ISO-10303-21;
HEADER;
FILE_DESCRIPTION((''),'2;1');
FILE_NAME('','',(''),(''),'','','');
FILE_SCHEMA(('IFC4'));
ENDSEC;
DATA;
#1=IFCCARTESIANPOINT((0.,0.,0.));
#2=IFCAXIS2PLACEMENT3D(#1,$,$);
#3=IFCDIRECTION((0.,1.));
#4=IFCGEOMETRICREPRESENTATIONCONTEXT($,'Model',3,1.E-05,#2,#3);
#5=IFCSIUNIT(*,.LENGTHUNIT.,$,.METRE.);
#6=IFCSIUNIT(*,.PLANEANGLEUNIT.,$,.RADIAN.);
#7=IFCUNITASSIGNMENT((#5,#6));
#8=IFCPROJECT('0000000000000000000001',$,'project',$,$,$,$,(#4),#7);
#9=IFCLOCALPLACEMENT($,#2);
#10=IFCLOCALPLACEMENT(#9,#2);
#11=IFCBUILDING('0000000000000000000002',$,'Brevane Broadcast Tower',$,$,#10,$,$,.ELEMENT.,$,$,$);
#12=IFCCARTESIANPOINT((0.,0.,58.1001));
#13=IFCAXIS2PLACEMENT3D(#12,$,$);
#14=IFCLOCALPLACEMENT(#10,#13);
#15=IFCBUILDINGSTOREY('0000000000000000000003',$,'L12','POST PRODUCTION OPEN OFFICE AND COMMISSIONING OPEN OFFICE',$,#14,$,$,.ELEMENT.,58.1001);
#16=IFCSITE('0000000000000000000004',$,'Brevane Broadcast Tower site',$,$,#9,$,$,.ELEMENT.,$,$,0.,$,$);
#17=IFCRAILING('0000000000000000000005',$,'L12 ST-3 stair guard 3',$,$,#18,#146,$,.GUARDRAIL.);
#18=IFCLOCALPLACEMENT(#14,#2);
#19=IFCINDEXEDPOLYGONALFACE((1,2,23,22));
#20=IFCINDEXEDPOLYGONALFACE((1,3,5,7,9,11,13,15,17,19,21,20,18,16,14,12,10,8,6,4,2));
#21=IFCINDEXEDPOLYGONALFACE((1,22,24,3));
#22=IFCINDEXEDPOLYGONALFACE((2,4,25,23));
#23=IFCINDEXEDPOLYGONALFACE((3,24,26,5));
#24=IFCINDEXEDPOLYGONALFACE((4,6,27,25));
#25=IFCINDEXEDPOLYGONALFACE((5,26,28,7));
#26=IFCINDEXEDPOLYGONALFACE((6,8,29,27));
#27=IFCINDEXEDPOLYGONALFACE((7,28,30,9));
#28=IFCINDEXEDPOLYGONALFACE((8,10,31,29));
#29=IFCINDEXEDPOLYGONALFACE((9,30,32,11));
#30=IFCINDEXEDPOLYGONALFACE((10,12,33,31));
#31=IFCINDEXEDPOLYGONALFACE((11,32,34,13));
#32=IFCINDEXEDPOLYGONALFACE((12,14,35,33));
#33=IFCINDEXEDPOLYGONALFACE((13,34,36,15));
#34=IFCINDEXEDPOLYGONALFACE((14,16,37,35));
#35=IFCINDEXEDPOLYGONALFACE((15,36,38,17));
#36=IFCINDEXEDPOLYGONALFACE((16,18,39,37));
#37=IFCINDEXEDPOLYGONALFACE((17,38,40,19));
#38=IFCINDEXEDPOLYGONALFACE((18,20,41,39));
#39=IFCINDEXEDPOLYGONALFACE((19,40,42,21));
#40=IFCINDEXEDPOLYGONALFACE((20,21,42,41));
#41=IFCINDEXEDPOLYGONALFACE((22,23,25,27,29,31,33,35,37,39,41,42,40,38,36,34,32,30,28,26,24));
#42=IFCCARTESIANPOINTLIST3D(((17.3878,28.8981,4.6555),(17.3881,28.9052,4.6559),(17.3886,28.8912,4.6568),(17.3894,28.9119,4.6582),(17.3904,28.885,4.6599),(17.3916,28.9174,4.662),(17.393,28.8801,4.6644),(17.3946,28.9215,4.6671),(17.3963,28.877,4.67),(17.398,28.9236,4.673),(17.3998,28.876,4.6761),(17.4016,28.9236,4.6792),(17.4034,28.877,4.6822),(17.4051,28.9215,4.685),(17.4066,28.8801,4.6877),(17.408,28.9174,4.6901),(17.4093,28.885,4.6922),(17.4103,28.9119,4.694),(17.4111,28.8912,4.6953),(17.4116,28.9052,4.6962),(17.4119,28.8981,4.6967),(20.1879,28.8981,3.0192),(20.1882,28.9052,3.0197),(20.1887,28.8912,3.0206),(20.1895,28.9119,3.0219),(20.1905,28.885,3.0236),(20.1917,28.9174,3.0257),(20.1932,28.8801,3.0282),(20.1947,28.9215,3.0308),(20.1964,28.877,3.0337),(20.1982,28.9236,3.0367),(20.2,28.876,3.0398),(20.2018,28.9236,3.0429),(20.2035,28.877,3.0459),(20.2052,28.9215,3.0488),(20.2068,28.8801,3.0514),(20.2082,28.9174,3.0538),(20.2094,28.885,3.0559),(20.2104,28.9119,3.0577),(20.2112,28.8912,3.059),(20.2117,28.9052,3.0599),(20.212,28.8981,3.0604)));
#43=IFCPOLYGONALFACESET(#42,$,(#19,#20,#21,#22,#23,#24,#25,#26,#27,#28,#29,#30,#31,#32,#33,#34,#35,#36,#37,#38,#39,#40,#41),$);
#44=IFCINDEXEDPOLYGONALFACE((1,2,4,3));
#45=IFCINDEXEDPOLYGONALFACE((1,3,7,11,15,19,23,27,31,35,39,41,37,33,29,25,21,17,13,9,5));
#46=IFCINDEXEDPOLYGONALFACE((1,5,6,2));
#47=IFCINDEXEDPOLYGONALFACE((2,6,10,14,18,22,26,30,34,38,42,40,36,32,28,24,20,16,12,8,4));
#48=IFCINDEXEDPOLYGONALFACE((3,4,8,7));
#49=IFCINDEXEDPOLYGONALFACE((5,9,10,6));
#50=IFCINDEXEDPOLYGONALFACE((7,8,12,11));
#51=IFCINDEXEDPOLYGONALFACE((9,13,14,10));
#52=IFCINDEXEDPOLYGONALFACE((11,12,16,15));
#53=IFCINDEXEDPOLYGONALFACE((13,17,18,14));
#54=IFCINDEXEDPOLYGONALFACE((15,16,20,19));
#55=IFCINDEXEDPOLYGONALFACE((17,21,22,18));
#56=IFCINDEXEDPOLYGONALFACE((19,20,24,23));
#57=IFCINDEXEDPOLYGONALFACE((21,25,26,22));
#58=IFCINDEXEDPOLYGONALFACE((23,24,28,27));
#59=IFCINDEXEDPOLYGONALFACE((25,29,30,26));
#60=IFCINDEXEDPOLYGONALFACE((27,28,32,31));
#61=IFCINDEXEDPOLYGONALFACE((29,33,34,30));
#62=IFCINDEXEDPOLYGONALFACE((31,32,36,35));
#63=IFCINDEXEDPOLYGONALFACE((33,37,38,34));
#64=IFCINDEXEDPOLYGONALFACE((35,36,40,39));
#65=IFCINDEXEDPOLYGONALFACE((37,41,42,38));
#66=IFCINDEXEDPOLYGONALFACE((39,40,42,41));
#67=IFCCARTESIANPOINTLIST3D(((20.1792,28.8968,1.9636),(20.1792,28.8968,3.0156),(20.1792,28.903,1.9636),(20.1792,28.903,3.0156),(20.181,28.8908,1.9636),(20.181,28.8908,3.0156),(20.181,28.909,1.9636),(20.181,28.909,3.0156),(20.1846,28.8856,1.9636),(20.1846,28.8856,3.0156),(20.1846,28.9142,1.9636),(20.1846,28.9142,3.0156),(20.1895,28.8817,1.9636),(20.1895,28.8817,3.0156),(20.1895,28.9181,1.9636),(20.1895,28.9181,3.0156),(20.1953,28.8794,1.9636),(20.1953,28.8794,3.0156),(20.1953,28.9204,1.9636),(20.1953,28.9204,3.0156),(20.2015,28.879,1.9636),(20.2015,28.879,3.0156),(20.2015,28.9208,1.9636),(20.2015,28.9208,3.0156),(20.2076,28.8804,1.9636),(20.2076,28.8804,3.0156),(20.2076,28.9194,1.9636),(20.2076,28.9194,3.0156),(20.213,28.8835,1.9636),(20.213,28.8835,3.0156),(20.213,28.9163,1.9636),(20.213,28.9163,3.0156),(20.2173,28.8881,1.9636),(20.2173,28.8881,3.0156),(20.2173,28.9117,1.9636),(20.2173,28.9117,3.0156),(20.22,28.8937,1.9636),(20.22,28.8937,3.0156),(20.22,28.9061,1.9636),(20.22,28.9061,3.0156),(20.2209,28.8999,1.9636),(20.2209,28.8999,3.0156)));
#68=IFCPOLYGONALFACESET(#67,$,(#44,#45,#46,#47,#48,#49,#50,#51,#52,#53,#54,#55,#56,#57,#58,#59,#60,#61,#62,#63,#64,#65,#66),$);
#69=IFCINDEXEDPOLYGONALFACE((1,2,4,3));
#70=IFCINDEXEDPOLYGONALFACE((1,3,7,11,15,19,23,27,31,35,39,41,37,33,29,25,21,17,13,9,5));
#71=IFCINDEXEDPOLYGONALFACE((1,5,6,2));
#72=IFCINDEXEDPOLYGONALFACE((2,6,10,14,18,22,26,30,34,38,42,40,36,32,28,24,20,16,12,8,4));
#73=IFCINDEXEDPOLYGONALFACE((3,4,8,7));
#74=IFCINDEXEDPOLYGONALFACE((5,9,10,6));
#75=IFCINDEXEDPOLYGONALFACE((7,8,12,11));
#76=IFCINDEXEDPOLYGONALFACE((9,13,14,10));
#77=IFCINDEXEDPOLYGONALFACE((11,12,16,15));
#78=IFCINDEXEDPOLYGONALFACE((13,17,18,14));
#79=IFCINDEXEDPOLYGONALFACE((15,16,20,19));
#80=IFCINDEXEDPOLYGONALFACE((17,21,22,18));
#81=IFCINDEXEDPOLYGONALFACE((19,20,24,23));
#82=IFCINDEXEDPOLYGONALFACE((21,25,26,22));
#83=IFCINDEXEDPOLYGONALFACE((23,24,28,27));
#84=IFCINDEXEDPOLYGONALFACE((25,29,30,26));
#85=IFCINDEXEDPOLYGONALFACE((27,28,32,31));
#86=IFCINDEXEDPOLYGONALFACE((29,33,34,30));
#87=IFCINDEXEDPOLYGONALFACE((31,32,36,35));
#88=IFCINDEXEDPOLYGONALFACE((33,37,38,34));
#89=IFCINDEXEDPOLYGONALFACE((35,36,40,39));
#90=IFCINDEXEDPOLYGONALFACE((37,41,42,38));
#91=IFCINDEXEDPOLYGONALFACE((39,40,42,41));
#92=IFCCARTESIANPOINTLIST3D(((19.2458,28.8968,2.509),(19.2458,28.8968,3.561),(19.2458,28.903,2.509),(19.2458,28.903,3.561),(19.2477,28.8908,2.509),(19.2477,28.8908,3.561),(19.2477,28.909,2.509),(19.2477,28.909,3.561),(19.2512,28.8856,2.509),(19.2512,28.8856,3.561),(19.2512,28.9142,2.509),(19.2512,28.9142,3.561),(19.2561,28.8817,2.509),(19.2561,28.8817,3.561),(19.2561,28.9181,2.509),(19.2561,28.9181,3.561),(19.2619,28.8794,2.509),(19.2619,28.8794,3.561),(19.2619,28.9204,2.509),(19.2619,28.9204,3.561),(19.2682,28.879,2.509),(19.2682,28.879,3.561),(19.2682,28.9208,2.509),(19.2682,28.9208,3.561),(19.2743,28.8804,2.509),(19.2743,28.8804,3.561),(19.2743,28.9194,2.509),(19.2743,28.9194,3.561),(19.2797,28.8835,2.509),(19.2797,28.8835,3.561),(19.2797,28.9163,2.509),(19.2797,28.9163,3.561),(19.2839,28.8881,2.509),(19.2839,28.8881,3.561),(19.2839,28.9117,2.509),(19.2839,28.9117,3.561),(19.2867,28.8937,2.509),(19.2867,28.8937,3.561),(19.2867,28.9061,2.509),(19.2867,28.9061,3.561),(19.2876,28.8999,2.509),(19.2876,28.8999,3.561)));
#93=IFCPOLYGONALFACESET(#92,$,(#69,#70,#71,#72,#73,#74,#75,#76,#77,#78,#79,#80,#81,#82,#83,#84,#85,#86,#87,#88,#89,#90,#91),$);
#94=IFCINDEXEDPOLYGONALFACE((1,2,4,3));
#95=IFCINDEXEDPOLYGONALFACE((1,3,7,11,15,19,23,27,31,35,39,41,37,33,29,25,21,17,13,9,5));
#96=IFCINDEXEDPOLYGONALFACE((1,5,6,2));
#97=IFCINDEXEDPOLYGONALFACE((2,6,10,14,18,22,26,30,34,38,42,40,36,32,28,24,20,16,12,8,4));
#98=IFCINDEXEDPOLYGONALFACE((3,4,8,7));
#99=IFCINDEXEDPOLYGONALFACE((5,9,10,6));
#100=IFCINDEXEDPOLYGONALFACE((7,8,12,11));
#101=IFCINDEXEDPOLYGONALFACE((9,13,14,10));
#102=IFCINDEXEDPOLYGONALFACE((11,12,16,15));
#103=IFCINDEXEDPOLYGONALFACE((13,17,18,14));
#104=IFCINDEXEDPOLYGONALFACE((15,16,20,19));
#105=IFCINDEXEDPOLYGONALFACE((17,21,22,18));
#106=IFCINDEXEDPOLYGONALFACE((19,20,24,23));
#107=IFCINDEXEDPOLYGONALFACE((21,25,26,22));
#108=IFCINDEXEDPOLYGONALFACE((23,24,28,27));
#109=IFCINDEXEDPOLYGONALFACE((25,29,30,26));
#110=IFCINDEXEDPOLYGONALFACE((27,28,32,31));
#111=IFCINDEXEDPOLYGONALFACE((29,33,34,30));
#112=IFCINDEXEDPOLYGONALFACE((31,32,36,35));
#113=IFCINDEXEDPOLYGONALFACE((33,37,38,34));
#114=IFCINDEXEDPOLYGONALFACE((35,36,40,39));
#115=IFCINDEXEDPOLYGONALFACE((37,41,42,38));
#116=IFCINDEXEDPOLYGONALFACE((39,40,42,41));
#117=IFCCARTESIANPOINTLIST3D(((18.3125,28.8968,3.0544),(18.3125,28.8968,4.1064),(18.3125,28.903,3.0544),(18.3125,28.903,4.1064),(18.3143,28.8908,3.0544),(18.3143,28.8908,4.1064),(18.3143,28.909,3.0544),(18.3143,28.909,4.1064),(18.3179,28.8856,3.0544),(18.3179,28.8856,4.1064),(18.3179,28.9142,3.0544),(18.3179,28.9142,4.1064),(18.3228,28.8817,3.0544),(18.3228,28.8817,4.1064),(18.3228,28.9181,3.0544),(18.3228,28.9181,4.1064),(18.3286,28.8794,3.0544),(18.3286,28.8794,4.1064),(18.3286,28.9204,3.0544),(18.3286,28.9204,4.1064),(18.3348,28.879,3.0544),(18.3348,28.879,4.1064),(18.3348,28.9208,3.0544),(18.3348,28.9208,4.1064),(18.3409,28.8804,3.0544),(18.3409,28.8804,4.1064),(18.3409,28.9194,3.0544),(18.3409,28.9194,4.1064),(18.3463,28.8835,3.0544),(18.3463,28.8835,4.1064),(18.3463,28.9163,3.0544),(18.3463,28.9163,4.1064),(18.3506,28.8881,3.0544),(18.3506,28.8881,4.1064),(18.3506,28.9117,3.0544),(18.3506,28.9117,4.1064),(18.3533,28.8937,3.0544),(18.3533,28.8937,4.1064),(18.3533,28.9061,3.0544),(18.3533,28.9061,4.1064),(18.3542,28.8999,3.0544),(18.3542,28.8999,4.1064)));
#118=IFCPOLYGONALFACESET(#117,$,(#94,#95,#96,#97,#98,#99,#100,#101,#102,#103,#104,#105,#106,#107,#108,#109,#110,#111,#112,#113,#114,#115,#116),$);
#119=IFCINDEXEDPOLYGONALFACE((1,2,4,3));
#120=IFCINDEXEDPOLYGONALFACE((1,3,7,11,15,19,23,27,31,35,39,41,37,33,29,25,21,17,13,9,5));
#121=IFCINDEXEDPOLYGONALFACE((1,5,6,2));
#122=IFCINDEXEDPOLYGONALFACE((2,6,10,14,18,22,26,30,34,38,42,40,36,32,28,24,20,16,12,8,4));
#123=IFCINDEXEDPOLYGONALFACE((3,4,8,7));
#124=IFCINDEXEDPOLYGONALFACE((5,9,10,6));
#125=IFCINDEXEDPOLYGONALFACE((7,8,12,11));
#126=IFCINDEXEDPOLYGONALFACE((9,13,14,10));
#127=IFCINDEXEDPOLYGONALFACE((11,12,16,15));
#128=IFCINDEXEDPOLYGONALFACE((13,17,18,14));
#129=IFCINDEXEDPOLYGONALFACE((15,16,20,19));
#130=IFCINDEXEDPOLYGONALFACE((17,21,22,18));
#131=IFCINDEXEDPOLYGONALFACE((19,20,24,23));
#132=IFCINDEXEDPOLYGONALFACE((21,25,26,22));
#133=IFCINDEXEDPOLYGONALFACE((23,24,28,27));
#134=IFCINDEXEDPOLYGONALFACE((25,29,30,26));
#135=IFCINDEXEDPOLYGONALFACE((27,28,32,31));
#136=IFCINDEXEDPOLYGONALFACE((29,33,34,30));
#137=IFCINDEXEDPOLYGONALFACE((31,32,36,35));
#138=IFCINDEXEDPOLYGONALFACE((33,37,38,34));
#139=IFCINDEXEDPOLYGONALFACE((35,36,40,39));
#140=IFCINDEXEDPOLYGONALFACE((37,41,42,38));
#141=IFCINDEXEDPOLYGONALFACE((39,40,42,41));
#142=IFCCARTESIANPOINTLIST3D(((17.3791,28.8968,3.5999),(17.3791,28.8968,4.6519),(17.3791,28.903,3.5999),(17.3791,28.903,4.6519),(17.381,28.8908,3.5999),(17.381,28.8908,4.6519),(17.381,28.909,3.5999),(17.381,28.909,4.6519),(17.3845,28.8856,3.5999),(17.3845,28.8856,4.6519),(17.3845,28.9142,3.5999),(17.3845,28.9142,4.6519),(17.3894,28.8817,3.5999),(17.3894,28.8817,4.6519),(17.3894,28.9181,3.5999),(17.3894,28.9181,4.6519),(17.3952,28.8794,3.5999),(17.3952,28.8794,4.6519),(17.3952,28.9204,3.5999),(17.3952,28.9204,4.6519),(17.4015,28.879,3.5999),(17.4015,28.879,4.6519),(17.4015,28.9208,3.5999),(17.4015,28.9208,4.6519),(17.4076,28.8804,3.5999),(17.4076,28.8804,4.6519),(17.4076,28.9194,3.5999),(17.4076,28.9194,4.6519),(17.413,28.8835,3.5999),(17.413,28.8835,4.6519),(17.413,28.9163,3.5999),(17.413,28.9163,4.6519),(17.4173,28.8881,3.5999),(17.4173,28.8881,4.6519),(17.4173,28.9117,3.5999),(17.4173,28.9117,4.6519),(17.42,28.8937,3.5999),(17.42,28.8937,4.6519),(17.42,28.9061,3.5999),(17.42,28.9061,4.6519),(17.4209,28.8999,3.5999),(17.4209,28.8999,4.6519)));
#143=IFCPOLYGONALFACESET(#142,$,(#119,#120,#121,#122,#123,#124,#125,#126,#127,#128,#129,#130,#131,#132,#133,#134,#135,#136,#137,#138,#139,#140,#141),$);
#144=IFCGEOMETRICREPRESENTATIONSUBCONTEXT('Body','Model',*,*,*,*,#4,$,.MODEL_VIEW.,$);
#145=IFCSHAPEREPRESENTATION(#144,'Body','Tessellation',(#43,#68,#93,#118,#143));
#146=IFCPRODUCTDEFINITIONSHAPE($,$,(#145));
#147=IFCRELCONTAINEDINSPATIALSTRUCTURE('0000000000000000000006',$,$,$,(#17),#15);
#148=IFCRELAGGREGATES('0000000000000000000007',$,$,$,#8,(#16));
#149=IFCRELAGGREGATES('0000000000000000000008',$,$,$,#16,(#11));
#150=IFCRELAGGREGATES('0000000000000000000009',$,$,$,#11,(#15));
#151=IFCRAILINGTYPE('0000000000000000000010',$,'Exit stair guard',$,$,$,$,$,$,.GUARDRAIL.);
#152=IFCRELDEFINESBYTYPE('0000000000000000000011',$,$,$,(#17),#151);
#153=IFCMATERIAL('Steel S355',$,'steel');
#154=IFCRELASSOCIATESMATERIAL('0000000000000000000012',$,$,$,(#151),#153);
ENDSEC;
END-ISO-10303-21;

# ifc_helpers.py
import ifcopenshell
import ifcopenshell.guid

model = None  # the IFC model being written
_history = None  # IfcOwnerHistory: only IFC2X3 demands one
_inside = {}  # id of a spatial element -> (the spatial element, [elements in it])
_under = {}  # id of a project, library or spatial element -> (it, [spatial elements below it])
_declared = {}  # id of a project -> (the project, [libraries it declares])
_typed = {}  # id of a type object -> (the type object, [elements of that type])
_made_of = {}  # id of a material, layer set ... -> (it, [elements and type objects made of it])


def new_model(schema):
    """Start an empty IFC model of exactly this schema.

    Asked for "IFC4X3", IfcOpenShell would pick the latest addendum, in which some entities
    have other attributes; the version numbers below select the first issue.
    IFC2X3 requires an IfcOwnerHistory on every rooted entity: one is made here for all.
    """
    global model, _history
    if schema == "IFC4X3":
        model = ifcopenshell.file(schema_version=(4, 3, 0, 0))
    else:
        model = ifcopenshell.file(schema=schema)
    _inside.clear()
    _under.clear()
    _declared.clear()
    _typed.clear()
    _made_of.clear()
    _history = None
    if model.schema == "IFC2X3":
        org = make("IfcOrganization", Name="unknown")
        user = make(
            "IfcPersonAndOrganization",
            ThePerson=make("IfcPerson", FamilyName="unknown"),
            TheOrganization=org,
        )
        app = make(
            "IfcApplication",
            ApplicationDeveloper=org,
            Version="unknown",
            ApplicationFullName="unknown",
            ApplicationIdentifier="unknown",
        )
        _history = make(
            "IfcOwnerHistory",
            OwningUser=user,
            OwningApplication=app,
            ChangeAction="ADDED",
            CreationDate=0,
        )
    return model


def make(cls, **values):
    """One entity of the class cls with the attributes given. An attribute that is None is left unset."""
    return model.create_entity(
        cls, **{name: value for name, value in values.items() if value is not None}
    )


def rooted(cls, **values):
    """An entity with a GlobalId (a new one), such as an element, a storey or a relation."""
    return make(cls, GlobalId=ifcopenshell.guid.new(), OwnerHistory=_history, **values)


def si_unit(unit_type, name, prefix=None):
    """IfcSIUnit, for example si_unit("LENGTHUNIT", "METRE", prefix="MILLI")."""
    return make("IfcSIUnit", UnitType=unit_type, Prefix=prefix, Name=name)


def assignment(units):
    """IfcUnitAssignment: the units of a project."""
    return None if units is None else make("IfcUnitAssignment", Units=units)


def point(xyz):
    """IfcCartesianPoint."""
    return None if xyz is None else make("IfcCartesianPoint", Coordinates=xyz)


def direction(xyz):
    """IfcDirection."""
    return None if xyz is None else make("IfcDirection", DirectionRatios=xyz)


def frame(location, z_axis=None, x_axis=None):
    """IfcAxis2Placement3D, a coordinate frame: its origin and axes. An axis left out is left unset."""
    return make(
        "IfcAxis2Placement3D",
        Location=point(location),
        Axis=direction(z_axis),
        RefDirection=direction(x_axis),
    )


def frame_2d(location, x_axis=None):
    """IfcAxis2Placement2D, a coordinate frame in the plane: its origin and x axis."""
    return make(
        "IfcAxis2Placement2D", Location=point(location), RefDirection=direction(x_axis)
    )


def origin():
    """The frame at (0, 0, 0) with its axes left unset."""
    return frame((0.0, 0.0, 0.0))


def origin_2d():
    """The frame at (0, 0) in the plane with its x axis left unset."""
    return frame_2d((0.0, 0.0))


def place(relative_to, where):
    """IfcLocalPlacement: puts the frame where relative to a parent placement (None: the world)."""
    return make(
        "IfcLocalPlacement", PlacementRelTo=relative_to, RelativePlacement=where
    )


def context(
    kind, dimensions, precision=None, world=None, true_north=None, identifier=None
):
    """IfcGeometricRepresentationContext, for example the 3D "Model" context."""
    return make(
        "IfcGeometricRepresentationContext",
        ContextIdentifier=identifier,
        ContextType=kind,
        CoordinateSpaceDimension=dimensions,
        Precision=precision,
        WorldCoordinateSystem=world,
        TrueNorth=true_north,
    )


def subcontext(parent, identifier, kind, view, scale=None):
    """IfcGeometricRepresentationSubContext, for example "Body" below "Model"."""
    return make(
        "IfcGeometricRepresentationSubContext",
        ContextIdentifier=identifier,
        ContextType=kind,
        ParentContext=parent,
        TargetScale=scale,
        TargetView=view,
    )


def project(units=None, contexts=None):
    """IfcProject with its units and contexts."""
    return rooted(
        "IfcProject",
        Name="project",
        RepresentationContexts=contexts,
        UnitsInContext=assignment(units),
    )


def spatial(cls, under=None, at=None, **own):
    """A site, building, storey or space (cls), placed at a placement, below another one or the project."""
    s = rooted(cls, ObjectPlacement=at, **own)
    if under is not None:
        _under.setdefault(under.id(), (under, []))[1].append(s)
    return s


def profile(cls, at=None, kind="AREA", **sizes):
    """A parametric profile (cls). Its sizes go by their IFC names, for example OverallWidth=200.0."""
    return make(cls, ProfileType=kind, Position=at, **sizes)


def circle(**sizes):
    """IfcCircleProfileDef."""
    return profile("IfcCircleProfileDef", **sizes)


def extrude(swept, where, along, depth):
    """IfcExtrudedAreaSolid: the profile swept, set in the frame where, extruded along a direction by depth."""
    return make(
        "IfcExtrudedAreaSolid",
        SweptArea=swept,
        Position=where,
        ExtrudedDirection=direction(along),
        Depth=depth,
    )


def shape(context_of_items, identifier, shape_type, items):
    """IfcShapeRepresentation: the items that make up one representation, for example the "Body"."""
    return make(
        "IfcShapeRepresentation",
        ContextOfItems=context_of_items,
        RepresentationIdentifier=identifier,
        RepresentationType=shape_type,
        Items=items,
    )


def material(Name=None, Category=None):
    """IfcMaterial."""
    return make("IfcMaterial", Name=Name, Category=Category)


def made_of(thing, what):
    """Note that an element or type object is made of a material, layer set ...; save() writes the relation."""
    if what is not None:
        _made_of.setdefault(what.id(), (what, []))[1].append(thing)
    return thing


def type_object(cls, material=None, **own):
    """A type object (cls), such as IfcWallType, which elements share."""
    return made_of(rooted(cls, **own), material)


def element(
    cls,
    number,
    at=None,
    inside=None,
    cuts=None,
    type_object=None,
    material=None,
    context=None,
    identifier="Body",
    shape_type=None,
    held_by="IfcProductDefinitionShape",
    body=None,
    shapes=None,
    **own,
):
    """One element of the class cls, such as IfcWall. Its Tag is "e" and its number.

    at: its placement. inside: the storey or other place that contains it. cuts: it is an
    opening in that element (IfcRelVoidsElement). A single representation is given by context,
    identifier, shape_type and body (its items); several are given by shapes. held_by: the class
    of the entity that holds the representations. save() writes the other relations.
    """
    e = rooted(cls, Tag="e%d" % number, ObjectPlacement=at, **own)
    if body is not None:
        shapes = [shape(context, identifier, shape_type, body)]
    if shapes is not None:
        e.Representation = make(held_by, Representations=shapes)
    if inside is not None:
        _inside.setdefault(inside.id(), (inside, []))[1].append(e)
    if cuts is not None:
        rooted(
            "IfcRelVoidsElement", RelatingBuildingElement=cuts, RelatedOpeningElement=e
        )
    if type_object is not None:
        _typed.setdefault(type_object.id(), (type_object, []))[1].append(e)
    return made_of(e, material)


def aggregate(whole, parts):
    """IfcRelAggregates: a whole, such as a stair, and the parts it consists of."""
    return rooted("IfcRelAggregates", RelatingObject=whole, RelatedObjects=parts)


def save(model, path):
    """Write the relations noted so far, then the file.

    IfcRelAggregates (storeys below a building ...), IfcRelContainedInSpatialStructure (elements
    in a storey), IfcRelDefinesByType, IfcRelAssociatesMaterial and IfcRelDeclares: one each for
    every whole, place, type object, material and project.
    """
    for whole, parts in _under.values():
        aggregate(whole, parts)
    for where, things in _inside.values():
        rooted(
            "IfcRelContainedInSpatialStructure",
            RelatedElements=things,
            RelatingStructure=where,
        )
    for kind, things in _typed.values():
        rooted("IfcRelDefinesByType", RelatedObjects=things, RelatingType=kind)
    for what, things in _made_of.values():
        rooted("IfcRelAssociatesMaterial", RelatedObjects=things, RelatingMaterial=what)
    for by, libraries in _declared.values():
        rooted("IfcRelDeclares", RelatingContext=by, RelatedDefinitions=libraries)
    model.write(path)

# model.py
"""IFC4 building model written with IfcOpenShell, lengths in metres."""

from ifc_helpers import new_model, si_unit, direction, frame, origin, origin_2d, place, context, subcontext, project, spatial, circle, extrude, material, type_object, element, save


model = new_model("IFC4")

# Units and contexts
model_context = context("Model", 3, precision=1e-05, world=origin(), true_north=direction((0.0, 1.0)))
body_context = subcontext(model_context, "Body", "Model", "MODEL_VIEW")
ifc_project = project(units=[si_unit("LENGTHUNIT", "METRE"), si_unit("PLANEANGLEUNIT", "RADIAN")], contexts=[model_context])

# Site, building, storey
site_placement = place(None, origin())
site = spatial("IfcSite", under=ifc_project, at=site_placement, Name="Brevane Broadcast Tower site", CompositionType="ELEMENT", RefElevation=0.0)
building_placement = place(site_placement, origin())
building = spatial("IfcBuilding", under=site, at=building_placement, Name="Brevane Broadcast Tower", CompositionType="ELEMENT")
storey_placement = place(building_placement, frame((0.0, 0.0, 58.1001)))
storey = spatial("IfcBuildingStorey", under=building, at=storey_placement, Name="L12", Description="POST PRODUCTION OPEN OFFICE AND COMMISSIONING OPEN OFFICE", CompositionType="ELEMENT", Elevation=58.1001)

# Railing
ifc_material_1 = material(Name="Steel S355", Category="steel")
railing_type_1 = type_object("IfcRailingType", Name="Exit stair guard", PredefinedType="GUARDRAIL", material=ifc_material_1)
railing_1_placement = place(storey_placement, frame((20.2, 28.8999, 1.9636)))
element("IfcRailing", 1, at=railing_1_placement, inside=storey, type_object=railing_type_1, Name="L12 ST-3 stair guard 3", PredefinedType="GUARDRAIL", context=body_context, shape_type="SweptSolid", body=[
    extrude(circle(Radius=0.0239, at=origin_2d()), frame((0.0, 0.0, 1.0762), z_axis=(-0.863394, 0.0, 0.504531), x_axis=(0.0, -1.0, 0.0)), (0.0, 0.0, 1.0), 3.2432),
    extrude(circle(Radius=0.021, at=origin_2d()), origin(), (0.0, 0.0, 1.0), 1.052),
    extrude(circle(Radius=0.021, at=origin_2d()), frame((-0.9333, 0.0, 0.5454)), (0.0, 0.0, 1.0), 1.052),
    extrude(circle(Radius=0.021, at=origin_2d()), frame((-1.8667, 0.0, 1.0908)), (0.0, 0.0, 1.0), 1.052),
    extrude(circle(Radius=0.021, at=origin_2d()), frame((-2.8, 0.0, 1.6362)), (0.0, 0.0, 1.0), 1.052),
])

save(model, "model.ifc")
